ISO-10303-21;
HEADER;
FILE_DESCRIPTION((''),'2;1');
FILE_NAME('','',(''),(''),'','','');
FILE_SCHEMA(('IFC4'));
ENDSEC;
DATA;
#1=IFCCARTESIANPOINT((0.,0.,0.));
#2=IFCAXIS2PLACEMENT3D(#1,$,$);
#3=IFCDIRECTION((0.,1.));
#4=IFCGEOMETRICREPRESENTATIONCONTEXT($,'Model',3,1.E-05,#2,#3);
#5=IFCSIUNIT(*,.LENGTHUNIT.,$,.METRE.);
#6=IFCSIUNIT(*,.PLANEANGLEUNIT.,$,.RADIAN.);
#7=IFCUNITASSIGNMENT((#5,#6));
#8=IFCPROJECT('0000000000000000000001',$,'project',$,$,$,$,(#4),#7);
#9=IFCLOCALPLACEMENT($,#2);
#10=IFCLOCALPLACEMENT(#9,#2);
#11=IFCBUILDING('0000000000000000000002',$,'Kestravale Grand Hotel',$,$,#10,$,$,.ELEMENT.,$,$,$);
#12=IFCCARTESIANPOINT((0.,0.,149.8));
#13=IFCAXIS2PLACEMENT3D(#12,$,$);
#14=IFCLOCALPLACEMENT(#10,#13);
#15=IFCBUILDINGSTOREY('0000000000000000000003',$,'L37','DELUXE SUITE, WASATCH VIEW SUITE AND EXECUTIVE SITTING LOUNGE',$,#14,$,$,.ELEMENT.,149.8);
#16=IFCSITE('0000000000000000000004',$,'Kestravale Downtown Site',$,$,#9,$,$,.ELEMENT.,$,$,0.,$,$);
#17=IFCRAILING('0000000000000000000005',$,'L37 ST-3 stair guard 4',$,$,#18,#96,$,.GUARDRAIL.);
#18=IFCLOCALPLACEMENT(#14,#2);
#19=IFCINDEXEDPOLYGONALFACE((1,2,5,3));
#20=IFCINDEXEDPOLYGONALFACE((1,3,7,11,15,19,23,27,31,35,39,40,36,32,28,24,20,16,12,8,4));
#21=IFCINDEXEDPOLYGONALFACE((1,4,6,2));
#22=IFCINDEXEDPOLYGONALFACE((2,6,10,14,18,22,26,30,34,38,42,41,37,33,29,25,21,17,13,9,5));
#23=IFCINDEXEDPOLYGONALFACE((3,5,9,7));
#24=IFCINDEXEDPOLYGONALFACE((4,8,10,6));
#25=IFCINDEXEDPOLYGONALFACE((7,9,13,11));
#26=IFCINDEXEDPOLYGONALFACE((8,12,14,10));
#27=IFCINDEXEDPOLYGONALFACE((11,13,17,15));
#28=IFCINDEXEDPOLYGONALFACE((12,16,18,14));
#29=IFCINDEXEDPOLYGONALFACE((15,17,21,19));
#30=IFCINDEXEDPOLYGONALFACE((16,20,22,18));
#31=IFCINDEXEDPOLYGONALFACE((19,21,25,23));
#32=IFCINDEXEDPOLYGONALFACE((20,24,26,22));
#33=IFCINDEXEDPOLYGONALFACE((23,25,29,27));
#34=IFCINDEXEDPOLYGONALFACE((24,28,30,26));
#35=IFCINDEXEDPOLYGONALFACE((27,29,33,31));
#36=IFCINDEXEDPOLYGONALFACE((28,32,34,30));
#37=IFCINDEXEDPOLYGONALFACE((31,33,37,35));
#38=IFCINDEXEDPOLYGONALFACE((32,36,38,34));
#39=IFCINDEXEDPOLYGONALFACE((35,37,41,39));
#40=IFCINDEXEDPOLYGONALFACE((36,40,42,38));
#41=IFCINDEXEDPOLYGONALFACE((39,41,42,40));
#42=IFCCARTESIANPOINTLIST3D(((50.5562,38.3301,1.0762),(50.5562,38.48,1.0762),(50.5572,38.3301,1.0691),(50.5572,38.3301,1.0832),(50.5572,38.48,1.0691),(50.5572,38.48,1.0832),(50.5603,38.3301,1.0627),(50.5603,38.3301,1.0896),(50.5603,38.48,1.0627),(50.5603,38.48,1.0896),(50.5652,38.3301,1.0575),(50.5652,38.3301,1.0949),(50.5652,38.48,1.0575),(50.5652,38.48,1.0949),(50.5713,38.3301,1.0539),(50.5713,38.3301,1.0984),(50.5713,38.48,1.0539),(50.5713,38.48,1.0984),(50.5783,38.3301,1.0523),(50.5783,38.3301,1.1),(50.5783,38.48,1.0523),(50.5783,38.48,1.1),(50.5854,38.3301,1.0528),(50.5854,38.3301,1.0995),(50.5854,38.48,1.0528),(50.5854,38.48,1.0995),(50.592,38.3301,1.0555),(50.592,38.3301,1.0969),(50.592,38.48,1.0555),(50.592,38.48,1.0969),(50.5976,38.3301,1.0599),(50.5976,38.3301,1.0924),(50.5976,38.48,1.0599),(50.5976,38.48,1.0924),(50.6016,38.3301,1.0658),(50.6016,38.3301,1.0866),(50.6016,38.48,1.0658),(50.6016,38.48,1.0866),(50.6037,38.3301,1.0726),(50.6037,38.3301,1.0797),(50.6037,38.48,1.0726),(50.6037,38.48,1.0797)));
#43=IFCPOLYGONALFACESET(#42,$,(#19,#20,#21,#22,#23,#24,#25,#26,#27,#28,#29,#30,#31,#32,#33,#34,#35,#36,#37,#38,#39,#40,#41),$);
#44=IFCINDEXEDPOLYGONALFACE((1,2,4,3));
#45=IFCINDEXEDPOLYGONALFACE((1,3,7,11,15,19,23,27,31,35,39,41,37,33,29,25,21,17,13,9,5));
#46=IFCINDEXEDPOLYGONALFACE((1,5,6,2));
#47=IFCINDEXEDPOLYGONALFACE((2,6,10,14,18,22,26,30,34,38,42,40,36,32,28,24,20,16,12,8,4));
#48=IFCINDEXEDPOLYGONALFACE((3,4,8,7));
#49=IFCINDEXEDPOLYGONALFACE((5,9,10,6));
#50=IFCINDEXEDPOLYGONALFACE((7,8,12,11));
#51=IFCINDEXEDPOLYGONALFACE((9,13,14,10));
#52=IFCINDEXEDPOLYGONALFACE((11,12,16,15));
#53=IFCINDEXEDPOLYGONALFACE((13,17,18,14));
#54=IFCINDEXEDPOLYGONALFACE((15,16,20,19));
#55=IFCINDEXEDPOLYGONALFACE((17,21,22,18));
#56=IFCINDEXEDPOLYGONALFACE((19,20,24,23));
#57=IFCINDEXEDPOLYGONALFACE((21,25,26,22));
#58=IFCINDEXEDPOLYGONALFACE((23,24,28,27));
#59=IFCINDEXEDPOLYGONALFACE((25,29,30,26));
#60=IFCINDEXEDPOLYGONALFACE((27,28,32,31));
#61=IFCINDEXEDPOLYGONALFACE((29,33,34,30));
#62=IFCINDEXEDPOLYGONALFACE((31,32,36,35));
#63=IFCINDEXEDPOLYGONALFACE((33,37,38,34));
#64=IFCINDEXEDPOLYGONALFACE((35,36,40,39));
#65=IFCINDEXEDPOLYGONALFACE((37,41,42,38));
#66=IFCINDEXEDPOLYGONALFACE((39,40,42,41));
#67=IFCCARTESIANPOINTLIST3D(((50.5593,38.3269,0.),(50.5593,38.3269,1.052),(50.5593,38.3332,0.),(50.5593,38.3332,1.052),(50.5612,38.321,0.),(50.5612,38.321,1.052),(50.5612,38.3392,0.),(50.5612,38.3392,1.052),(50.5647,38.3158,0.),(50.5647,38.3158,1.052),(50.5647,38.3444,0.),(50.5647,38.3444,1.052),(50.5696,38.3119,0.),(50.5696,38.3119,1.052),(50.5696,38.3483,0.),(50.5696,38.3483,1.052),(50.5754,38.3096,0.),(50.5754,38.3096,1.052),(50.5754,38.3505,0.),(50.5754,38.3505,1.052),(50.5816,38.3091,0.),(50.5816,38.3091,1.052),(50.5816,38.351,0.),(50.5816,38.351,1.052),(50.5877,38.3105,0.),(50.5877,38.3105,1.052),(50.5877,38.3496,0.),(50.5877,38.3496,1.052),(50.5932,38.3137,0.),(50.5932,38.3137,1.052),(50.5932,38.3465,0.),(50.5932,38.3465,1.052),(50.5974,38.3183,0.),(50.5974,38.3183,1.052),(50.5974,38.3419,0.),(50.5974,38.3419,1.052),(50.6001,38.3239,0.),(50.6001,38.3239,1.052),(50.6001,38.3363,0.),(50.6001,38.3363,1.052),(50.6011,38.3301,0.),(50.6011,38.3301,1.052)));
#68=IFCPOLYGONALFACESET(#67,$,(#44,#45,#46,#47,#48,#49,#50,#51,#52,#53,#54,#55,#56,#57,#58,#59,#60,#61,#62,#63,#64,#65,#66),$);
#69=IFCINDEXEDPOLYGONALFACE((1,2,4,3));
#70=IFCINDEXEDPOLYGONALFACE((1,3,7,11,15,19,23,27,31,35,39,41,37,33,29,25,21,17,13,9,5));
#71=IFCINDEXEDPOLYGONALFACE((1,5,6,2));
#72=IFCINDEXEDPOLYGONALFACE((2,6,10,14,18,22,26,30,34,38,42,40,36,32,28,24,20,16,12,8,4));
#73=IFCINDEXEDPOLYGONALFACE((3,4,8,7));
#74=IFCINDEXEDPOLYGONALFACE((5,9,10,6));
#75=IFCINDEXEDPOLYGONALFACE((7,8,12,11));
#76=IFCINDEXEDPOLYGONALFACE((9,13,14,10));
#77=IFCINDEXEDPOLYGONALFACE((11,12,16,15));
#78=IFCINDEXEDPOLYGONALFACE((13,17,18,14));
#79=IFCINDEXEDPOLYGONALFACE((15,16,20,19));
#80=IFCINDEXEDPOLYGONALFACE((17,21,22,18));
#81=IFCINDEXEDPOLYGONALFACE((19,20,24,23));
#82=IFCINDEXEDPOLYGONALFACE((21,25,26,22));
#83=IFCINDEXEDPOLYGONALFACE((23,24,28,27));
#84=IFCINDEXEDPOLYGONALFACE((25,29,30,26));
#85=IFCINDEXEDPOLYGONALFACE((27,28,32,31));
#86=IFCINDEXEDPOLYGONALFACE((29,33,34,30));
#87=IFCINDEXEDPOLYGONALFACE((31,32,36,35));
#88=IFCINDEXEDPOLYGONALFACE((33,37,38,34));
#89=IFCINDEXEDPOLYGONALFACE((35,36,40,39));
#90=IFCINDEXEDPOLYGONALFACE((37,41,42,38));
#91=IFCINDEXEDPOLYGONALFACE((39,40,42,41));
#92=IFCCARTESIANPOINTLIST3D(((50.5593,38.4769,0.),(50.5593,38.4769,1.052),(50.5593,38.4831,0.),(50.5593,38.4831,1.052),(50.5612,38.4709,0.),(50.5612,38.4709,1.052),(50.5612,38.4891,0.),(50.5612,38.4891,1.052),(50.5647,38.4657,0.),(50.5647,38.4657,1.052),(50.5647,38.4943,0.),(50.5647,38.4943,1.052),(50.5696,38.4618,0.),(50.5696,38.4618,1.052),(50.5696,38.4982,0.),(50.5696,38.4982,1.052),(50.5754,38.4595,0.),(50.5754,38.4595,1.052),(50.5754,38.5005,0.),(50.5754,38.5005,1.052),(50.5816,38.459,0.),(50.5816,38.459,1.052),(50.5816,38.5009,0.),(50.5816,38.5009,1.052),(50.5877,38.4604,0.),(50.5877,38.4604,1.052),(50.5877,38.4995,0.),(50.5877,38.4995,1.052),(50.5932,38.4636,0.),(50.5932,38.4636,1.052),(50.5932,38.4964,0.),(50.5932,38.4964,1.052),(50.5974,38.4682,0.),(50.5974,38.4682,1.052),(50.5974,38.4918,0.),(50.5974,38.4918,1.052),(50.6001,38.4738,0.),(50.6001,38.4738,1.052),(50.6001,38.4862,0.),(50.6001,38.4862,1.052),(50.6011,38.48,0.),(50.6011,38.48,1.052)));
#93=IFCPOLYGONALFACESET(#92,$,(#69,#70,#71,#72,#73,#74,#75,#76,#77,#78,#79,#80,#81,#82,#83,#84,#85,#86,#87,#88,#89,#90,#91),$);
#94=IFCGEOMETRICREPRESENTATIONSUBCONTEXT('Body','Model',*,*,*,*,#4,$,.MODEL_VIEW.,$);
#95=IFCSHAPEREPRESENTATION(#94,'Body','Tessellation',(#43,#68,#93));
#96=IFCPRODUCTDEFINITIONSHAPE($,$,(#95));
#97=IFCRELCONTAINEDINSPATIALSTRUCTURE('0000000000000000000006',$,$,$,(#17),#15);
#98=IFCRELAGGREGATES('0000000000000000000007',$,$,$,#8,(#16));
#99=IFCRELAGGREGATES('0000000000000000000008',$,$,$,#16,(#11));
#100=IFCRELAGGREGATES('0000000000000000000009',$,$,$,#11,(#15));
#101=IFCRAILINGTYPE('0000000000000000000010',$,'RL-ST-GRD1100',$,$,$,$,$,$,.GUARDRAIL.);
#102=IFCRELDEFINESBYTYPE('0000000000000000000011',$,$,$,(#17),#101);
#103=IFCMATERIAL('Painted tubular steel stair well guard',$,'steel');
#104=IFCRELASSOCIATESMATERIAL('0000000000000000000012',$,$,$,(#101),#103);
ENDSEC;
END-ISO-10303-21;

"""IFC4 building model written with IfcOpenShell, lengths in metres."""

from ifc_helpers import new_model, si_unit, direction, frame, origin, origin_2d, place, context, subcontext, project, spatial, circle, extrude, material, type_object, element, save


model = new_model("IFC4")

# Units and contexts
model_context = context("Model", 3, precision=1e-05, world=origin(), true_north=direction((0.0, 1.0)))
body_context = subcontext(model_context, "Body", "Model", "MODEL_VIEW")
ifc_project = project(units=[si_unit("LENGTHUNIT", "METRE"), si_unit("PLANEANGLEUNIT", "RADIAN")], contexts=[model_context])

# Site, building, storey
site_placement = place(None, origin())
site = spatial("IfcSite", under=ifc_project, at=site_placement, Name="Kestravale Downtown Site", CompositionType="ELEMENT", RefElevation=0.0)
building_placement = place(site_placement, origin())
building = spatial("IfcBuilding", under=site, at=building_placement, Name="Kestravale Grand Hotel", CompositionType="ELEMENT")
storey_placement = place(building_placement, frame((0.0, 0.0, 149.8)))
storey = spatial("IfcBuildingStorey", under=building, at=storey_placement, Name="L37", Description="DELUXE SUITE, WASATCH VIEW SUITE AND EXECUTIVE SITTING LOUNGE", CompositionType="ELEMENT", Elevation=149.8)

# Railing
ifc_material_1 = material(Name="Painted tubular steel stair well guard", Category="steel")
railing_type_1 = type_object("IfcRailingType", Name="RL-ST-GRD1100", PredefinedType="GUARDRAIL", material=ifc_material_1)
railing_1_placement = place(storey_placement, frame((50.5801, 38.3301, 0.0)))
element("IfcRailing", 1, at=railing_1_placement, inside=storey, type_object=railing_type_1, Name="L37 ST-3 stair guard 4", PredefinedType="GUARDRAIL", context=body_context, shape_type="SweptSolid", body=[
    extrude(circle(Radius=0.0239, at=origin_2d()), frame((0.0, 0.0, 1.0762), z_axis=(0.0, 1.0, 0.0), x_axis=(-1.0, 0.0, 0.0)), (0.0, 0.0, 1.0), 0.1499),
    extrude(circle(Radius=0.021, at=origin_2d()), origin(), (0.0, 0.0, 1.0), 1.052),
    extrude(circle(Radius=0.021, at=origin_2d()), frame((0.0, 0.1499, 0.0)), (0.0, 0.0, 1.0), 1.052),
])

save(model, "model.ifc")
